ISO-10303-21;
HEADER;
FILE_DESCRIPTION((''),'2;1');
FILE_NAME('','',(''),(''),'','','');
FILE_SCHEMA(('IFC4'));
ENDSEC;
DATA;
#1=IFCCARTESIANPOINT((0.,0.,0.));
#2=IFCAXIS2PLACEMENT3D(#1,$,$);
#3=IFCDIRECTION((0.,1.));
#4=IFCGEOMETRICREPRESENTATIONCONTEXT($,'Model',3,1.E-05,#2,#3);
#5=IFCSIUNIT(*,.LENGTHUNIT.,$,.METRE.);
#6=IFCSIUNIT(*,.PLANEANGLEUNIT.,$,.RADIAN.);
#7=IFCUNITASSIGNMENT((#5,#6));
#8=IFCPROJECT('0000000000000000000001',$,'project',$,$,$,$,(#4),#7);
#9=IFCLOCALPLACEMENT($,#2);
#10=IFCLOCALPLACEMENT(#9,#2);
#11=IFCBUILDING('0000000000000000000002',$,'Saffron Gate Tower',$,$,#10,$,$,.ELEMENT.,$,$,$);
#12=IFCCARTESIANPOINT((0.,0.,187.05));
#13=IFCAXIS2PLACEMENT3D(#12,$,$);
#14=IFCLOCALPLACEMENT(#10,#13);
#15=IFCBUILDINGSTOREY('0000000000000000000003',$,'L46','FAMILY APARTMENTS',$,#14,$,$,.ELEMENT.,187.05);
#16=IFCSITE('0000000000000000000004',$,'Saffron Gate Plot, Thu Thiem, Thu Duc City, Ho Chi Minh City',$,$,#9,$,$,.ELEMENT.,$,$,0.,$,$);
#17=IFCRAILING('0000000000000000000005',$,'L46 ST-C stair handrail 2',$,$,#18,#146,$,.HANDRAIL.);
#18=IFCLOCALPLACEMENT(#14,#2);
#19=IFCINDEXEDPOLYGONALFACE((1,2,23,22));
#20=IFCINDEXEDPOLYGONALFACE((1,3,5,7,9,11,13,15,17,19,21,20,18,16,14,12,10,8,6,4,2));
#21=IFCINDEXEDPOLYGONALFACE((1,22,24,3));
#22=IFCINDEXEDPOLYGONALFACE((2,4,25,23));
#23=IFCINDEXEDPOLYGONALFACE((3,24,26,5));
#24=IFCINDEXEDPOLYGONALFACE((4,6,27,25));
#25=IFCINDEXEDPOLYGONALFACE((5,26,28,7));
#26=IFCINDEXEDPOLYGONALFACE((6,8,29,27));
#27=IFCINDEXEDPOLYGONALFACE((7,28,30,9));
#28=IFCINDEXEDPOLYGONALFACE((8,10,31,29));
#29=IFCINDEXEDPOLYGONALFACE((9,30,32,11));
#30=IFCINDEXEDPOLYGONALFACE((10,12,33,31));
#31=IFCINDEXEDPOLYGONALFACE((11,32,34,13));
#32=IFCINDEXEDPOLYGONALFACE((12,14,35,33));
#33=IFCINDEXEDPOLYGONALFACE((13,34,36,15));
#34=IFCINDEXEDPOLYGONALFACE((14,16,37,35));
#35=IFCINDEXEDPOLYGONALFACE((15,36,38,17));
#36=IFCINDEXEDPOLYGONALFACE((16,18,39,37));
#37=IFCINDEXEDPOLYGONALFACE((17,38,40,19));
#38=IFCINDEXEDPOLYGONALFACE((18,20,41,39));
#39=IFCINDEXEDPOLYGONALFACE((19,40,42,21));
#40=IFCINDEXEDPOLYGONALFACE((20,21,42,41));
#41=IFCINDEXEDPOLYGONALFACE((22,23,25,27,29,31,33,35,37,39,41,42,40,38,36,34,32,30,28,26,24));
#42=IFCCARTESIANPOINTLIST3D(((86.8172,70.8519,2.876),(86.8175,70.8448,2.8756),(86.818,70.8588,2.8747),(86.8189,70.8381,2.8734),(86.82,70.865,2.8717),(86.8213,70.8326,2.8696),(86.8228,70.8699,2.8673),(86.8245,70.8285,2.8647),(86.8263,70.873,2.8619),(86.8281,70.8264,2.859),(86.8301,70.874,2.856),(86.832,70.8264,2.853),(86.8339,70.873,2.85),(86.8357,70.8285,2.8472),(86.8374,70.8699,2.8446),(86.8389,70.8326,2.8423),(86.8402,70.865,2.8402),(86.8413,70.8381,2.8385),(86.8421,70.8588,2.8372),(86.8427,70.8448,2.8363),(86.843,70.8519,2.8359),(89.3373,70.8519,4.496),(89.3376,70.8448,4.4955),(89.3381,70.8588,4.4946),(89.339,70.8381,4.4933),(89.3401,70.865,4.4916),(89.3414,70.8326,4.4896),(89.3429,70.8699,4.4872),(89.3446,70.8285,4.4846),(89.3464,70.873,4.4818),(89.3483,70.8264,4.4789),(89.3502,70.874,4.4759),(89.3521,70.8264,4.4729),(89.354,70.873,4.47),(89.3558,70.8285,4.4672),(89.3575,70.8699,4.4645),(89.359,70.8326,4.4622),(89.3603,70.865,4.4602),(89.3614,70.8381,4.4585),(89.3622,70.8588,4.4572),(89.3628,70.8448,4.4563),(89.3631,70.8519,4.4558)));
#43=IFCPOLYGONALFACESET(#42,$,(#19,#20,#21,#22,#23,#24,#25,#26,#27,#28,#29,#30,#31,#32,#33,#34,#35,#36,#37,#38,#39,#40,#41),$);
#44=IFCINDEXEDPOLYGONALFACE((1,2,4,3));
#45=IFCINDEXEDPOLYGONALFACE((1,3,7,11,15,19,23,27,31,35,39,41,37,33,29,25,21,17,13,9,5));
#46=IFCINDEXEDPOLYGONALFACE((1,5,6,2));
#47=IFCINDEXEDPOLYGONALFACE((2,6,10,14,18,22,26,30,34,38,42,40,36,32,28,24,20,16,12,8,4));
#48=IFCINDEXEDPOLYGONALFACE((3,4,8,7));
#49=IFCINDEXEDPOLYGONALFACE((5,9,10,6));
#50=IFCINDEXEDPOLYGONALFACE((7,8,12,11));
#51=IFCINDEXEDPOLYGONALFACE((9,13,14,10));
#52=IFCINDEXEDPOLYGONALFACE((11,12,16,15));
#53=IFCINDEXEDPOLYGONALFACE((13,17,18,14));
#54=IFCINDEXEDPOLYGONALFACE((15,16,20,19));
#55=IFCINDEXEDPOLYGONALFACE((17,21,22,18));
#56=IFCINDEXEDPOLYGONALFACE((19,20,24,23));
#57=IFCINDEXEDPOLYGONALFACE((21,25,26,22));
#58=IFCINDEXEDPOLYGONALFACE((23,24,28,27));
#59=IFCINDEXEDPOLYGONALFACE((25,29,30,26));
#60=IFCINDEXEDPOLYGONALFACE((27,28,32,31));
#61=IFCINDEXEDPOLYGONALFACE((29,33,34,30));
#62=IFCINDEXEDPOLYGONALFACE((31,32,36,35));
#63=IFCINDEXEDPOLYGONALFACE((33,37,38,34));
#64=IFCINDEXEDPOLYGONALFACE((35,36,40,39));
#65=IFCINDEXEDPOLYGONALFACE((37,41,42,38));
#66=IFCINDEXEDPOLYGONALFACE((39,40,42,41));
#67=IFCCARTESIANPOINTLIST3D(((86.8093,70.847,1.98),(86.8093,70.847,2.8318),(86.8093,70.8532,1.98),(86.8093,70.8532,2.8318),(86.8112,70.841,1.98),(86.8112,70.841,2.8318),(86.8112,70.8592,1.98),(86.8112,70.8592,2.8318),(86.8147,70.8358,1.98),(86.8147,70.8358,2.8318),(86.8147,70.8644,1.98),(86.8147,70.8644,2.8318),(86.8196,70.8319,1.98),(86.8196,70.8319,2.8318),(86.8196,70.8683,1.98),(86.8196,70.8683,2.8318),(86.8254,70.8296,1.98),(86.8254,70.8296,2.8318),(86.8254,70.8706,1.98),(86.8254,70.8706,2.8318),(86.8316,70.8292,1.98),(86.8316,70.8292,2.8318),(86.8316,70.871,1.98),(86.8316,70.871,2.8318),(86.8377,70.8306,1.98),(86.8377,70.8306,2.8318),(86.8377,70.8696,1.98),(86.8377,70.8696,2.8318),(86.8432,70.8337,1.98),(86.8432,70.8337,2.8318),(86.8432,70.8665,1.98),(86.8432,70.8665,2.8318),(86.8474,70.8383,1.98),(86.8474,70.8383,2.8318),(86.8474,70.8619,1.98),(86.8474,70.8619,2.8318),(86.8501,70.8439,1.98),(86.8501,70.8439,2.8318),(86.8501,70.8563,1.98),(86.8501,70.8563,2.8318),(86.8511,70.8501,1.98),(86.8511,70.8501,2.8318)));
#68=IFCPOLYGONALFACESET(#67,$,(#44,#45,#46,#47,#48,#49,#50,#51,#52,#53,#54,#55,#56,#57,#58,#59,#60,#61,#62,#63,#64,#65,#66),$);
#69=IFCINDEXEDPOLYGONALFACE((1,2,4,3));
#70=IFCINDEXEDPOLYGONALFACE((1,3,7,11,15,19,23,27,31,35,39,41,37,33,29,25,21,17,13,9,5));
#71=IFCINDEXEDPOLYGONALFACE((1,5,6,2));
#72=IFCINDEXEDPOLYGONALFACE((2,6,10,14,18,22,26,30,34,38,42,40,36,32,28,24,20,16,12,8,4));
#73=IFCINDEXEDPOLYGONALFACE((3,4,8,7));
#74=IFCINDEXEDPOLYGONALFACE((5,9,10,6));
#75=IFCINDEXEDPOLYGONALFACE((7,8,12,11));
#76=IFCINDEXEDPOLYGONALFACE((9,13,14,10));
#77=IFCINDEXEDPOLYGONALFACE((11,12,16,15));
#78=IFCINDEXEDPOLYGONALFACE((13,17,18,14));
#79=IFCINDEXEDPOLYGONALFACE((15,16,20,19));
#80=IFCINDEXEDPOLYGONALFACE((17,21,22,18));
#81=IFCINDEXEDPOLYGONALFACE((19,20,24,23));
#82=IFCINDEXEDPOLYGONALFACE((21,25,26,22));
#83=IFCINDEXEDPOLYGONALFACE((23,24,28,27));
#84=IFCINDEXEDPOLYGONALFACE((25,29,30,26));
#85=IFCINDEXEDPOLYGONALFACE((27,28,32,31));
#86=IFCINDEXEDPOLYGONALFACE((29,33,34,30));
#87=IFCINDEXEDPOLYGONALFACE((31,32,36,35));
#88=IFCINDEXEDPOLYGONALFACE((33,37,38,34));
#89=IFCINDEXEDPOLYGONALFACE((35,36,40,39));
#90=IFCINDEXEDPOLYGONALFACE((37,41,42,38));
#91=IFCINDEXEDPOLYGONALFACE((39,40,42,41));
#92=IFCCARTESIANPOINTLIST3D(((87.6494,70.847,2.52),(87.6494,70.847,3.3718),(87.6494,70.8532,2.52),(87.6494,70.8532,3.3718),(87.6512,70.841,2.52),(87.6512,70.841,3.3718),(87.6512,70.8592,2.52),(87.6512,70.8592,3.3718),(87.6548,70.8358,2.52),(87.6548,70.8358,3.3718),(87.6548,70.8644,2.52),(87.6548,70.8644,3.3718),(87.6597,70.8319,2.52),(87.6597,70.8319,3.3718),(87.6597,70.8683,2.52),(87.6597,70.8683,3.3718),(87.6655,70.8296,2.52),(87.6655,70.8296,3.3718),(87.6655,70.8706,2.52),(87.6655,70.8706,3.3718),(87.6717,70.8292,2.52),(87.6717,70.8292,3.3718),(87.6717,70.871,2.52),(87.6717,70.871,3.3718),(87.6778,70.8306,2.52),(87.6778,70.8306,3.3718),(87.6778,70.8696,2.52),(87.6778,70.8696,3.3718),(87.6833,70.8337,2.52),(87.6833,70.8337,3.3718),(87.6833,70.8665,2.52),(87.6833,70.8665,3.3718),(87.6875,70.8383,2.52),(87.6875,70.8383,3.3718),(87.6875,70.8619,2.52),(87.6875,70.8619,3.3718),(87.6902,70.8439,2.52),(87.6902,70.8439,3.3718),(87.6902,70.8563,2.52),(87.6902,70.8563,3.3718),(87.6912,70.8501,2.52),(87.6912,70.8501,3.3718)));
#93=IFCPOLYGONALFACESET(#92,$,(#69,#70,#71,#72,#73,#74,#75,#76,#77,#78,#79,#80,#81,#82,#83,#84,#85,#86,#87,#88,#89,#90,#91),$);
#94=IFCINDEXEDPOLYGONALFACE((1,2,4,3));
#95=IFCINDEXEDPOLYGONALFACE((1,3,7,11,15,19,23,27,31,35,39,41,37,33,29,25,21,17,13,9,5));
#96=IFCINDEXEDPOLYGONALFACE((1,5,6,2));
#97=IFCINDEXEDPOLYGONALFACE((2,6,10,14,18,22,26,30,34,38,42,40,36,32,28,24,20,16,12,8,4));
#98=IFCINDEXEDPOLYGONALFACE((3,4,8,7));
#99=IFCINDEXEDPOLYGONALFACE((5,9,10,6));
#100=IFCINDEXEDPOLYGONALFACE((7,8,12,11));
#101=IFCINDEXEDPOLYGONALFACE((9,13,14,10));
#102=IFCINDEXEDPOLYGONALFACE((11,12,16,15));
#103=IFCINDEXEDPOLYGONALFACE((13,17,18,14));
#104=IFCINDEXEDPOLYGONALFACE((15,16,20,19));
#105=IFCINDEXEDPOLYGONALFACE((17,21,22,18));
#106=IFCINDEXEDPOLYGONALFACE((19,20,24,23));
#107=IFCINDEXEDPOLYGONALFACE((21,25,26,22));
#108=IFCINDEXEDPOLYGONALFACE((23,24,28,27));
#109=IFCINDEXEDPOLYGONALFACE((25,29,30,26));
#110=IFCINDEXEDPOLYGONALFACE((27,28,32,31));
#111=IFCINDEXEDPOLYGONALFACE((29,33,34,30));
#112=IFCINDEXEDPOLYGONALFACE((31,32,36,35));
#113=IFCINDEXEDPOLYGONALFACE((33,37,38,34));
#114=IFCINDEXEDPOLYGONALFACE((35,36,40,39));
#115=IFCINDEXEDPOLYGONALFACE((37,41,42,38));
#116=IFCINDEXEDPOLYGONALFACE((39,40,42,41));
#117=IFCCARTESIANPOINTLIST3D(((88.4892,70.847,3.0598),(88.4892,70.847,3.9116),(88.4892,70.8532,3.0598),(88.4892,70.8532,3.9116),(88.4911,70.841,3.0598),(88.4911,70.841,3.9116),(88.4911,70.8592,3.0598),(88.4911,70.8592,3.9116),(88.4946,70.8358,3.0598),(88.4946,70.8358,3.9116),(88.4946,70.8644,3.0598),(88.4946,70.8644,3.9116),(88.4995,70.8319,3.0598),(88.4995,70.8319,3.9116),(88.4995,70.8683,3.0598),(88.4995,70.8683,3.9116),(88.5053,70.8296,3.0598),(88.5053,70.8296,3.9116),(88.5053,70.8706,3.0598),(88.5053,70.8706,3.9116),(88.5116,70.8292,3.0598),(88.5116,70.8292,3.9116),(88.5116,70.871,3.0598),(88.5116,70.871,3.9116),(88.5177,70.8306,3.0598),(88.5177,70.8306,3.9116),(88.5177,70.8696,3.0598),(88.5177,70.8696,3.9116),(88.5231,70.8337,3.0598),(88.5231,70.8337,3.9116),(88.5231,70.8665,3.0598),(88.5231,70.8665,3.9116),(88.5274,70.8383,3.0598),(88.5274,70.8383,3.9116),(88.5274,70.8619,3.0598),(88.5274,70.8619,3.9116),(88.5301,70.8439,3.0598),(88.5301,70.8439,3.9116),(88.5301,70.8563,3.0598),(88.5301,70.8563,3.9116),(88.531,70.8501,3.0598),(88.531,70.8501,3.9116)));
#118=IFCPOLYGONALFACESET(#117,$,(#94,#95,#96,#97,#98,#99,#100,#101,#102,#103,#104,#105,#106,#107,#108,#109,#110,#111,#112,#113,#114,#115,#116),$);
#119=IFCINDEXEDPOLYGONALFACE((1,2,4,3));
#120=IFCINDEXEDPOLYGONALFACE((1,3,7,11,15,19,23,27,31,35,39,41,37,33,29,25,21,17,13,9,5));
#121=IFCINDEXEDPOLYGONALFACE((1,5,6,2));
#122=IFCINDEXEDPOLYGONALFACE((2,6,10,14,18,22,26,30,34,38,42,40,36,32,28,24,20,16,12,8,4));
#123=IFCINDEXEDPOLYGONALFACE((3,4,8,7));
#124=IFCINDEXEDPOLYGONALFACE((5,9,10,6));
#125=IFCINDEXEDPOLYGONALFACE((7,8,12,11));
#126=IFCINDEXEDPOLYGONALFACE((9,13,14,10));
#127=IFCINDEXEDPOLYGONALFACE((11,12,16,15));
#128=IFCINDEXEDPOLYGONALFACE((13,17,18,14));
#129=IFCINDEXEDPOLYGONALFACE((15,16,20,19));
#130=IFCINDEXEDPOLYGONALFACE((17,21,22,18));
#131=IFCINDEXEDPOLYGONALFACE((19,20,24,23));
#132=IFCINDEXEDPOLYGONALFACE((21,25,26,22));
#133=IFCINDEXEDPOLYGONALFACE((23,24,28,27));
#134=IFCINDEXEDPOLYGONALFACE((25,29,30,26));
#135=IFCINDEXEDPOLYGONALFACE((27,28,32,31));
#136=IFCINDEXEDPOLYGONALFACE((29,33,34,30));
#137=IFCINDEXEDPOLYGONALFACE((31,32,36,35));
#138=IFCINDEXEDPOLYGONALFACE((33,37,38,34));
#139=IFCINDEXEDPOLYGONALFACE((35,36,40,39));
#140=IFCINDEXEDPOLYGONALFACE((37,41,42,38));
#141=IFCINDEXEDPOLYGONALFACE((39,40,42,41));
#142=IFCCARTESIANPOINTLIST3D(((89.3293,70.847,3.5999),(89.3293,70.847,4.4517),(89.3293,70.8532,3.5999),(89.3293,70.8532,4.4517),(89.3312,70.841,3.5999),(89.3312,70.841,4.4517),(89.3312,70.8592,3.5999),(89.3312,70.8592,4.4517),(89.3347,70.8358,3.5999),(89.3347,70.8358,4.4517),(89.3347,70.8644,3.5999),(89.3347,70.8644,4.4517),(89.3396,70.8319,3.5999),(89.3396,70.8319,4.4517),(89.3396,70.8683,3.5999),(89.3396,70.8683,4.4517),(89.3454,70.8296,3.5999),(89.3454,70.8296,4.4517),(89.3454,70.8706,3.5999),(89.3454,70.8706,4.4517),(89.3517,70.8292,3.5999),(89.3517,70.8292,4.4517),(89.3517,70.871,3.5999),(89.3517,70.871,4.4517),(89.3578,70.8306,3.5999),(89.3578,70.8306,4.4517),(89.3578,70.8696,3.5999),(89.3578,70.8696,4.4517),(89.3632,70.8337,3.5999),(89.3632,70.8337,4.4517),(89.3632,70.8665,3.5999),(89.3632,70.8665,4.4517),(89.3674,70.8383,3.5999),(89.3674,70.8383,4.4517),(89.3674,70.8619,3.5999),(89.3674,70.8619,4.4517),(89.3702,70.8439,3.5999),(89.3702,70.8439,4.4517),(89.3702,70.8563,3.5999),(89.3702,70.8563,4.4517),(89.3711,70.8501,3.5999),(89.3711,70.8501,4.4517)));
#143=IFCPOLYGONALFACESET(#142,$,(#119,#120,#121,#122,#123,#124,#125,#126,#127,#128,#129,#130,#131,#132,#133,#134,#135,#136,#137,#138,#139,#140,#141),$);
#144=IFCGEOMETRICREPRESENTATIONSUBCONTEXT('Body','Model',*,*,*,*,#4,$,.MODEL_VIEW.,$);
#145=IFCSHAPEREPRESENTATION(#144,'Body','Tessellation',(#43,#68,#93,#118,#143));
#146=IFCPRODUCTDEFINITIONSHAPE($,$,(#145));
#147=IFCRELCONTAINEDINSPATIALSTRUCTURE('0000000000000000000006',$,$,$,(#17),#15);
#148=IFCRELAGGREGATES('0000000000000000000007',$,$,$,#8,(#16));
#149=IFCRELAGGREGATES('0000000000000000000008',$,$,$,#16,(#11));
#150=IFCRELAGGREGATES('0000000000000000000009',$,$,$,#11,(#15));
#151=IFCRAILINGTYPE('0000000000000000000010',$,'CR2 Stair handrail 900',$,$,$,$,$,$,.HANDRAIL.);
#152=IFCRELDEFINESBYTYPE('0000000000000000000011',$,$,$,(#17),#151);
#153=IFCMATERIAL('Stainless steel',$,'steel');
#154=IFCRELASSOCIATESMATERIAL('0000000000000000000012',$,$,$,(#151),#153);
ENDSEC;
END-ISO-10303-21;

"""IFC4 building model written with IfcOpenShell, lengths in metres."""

from ifc_helpers import new_model, si_unit, direction, frame, origin, origin_2d, place, context, subcontext, project, spatial, circle, extrude, material, type_object, element, save


model = new_model("IFC4")

# Units and contexts
model_context = context("Model", 3, precision=1e-05, world=origin(), true_north=direction((0.0, 1.0)))
body_context = subcontext(model_context, "Body", "Model", "MODEL_VIEW")
ifc_project = project(units=[si_unit("LENGTHUNIT", "METRE"), si_unit("PLANEANGLEUNIT", "RADIAN")], contexts=[model_context])

# Site, building, storey
site_placement = place(None, origin())
site = spatial("IfcSite", under=ifc_project, at=site_placement, Name="Saffron Gate Plot, Thu Thiem, Thu Duc City, Ho Chi Minh City", CompositionType="ELEMENT", RefElevation=0.0)
building_placement = place(site_placement, origin())
building = spatial("IfcBuilding", under=site, at=building_placement, Name="Saffron Gate Tower", CompositionType="ELEMENT")
storey_placement = place(building_placement, frame((0.0, 0.0, 187.05)))
storey = spatial("IfcBuildingStorey", under=building, at=storey_placement, Name="L46", Description="FAMILY APARTMENTS", CompositionType="ELEMENT", Elevation=187.05)

# Railing
ifc_material_1 = material(Name="Stainless steel", Category="steel")
railing_type_1 = type_object("IfcRailingType", Name="CR2 Stair handrail 900", PredefinedType="HANDRAIL", material=ifc_material_1)
railing_1_placement = place(storey_placement, frame((86.8301, 70.8501, 1.98)))
element("IfcRailing", 1, at=railing_1_placement, inside=storey, type_object=railing_type_1, Name="L46 ST-C stair handrail 2", PredefinedType="HANDRAIL", context=body_context, shape_type="SweptSolid", body=[
    extrude(circle(Radius=0.0239, at=origin_2d()), frame((0.0, 0.0, 0.876), z_axis=(0.8412, 0.0, 0.540725), x_axis=(0.0, 1.0, 0.0)), (0.0, 0.0, 1.0), 2.9958),
    extrude(circle(Radius=0.021, at=origin_2d()), origin(), (0.0, 0.0, 1.0), 0.8518),
    extrude(circle(Radius=0.021, at=origin_2d()), frame((0.8401, 0.0, 0.54)), (0.0, 0.0, 1.0), 0.8518),
    extrude(circle(Radius=0.021, at=origin_2d()), frame((1.6799, 0.0, 1.0798)), (0.0, 0.0, 1.0), 0.8518),
    extrude(circle(Radius=0.021, at=origin_2d()), frame((2.52, 0.0, 1.6199)), (0.0, 0.0, 1.0), 0.8518),
])

save(model, "model.ifc")
